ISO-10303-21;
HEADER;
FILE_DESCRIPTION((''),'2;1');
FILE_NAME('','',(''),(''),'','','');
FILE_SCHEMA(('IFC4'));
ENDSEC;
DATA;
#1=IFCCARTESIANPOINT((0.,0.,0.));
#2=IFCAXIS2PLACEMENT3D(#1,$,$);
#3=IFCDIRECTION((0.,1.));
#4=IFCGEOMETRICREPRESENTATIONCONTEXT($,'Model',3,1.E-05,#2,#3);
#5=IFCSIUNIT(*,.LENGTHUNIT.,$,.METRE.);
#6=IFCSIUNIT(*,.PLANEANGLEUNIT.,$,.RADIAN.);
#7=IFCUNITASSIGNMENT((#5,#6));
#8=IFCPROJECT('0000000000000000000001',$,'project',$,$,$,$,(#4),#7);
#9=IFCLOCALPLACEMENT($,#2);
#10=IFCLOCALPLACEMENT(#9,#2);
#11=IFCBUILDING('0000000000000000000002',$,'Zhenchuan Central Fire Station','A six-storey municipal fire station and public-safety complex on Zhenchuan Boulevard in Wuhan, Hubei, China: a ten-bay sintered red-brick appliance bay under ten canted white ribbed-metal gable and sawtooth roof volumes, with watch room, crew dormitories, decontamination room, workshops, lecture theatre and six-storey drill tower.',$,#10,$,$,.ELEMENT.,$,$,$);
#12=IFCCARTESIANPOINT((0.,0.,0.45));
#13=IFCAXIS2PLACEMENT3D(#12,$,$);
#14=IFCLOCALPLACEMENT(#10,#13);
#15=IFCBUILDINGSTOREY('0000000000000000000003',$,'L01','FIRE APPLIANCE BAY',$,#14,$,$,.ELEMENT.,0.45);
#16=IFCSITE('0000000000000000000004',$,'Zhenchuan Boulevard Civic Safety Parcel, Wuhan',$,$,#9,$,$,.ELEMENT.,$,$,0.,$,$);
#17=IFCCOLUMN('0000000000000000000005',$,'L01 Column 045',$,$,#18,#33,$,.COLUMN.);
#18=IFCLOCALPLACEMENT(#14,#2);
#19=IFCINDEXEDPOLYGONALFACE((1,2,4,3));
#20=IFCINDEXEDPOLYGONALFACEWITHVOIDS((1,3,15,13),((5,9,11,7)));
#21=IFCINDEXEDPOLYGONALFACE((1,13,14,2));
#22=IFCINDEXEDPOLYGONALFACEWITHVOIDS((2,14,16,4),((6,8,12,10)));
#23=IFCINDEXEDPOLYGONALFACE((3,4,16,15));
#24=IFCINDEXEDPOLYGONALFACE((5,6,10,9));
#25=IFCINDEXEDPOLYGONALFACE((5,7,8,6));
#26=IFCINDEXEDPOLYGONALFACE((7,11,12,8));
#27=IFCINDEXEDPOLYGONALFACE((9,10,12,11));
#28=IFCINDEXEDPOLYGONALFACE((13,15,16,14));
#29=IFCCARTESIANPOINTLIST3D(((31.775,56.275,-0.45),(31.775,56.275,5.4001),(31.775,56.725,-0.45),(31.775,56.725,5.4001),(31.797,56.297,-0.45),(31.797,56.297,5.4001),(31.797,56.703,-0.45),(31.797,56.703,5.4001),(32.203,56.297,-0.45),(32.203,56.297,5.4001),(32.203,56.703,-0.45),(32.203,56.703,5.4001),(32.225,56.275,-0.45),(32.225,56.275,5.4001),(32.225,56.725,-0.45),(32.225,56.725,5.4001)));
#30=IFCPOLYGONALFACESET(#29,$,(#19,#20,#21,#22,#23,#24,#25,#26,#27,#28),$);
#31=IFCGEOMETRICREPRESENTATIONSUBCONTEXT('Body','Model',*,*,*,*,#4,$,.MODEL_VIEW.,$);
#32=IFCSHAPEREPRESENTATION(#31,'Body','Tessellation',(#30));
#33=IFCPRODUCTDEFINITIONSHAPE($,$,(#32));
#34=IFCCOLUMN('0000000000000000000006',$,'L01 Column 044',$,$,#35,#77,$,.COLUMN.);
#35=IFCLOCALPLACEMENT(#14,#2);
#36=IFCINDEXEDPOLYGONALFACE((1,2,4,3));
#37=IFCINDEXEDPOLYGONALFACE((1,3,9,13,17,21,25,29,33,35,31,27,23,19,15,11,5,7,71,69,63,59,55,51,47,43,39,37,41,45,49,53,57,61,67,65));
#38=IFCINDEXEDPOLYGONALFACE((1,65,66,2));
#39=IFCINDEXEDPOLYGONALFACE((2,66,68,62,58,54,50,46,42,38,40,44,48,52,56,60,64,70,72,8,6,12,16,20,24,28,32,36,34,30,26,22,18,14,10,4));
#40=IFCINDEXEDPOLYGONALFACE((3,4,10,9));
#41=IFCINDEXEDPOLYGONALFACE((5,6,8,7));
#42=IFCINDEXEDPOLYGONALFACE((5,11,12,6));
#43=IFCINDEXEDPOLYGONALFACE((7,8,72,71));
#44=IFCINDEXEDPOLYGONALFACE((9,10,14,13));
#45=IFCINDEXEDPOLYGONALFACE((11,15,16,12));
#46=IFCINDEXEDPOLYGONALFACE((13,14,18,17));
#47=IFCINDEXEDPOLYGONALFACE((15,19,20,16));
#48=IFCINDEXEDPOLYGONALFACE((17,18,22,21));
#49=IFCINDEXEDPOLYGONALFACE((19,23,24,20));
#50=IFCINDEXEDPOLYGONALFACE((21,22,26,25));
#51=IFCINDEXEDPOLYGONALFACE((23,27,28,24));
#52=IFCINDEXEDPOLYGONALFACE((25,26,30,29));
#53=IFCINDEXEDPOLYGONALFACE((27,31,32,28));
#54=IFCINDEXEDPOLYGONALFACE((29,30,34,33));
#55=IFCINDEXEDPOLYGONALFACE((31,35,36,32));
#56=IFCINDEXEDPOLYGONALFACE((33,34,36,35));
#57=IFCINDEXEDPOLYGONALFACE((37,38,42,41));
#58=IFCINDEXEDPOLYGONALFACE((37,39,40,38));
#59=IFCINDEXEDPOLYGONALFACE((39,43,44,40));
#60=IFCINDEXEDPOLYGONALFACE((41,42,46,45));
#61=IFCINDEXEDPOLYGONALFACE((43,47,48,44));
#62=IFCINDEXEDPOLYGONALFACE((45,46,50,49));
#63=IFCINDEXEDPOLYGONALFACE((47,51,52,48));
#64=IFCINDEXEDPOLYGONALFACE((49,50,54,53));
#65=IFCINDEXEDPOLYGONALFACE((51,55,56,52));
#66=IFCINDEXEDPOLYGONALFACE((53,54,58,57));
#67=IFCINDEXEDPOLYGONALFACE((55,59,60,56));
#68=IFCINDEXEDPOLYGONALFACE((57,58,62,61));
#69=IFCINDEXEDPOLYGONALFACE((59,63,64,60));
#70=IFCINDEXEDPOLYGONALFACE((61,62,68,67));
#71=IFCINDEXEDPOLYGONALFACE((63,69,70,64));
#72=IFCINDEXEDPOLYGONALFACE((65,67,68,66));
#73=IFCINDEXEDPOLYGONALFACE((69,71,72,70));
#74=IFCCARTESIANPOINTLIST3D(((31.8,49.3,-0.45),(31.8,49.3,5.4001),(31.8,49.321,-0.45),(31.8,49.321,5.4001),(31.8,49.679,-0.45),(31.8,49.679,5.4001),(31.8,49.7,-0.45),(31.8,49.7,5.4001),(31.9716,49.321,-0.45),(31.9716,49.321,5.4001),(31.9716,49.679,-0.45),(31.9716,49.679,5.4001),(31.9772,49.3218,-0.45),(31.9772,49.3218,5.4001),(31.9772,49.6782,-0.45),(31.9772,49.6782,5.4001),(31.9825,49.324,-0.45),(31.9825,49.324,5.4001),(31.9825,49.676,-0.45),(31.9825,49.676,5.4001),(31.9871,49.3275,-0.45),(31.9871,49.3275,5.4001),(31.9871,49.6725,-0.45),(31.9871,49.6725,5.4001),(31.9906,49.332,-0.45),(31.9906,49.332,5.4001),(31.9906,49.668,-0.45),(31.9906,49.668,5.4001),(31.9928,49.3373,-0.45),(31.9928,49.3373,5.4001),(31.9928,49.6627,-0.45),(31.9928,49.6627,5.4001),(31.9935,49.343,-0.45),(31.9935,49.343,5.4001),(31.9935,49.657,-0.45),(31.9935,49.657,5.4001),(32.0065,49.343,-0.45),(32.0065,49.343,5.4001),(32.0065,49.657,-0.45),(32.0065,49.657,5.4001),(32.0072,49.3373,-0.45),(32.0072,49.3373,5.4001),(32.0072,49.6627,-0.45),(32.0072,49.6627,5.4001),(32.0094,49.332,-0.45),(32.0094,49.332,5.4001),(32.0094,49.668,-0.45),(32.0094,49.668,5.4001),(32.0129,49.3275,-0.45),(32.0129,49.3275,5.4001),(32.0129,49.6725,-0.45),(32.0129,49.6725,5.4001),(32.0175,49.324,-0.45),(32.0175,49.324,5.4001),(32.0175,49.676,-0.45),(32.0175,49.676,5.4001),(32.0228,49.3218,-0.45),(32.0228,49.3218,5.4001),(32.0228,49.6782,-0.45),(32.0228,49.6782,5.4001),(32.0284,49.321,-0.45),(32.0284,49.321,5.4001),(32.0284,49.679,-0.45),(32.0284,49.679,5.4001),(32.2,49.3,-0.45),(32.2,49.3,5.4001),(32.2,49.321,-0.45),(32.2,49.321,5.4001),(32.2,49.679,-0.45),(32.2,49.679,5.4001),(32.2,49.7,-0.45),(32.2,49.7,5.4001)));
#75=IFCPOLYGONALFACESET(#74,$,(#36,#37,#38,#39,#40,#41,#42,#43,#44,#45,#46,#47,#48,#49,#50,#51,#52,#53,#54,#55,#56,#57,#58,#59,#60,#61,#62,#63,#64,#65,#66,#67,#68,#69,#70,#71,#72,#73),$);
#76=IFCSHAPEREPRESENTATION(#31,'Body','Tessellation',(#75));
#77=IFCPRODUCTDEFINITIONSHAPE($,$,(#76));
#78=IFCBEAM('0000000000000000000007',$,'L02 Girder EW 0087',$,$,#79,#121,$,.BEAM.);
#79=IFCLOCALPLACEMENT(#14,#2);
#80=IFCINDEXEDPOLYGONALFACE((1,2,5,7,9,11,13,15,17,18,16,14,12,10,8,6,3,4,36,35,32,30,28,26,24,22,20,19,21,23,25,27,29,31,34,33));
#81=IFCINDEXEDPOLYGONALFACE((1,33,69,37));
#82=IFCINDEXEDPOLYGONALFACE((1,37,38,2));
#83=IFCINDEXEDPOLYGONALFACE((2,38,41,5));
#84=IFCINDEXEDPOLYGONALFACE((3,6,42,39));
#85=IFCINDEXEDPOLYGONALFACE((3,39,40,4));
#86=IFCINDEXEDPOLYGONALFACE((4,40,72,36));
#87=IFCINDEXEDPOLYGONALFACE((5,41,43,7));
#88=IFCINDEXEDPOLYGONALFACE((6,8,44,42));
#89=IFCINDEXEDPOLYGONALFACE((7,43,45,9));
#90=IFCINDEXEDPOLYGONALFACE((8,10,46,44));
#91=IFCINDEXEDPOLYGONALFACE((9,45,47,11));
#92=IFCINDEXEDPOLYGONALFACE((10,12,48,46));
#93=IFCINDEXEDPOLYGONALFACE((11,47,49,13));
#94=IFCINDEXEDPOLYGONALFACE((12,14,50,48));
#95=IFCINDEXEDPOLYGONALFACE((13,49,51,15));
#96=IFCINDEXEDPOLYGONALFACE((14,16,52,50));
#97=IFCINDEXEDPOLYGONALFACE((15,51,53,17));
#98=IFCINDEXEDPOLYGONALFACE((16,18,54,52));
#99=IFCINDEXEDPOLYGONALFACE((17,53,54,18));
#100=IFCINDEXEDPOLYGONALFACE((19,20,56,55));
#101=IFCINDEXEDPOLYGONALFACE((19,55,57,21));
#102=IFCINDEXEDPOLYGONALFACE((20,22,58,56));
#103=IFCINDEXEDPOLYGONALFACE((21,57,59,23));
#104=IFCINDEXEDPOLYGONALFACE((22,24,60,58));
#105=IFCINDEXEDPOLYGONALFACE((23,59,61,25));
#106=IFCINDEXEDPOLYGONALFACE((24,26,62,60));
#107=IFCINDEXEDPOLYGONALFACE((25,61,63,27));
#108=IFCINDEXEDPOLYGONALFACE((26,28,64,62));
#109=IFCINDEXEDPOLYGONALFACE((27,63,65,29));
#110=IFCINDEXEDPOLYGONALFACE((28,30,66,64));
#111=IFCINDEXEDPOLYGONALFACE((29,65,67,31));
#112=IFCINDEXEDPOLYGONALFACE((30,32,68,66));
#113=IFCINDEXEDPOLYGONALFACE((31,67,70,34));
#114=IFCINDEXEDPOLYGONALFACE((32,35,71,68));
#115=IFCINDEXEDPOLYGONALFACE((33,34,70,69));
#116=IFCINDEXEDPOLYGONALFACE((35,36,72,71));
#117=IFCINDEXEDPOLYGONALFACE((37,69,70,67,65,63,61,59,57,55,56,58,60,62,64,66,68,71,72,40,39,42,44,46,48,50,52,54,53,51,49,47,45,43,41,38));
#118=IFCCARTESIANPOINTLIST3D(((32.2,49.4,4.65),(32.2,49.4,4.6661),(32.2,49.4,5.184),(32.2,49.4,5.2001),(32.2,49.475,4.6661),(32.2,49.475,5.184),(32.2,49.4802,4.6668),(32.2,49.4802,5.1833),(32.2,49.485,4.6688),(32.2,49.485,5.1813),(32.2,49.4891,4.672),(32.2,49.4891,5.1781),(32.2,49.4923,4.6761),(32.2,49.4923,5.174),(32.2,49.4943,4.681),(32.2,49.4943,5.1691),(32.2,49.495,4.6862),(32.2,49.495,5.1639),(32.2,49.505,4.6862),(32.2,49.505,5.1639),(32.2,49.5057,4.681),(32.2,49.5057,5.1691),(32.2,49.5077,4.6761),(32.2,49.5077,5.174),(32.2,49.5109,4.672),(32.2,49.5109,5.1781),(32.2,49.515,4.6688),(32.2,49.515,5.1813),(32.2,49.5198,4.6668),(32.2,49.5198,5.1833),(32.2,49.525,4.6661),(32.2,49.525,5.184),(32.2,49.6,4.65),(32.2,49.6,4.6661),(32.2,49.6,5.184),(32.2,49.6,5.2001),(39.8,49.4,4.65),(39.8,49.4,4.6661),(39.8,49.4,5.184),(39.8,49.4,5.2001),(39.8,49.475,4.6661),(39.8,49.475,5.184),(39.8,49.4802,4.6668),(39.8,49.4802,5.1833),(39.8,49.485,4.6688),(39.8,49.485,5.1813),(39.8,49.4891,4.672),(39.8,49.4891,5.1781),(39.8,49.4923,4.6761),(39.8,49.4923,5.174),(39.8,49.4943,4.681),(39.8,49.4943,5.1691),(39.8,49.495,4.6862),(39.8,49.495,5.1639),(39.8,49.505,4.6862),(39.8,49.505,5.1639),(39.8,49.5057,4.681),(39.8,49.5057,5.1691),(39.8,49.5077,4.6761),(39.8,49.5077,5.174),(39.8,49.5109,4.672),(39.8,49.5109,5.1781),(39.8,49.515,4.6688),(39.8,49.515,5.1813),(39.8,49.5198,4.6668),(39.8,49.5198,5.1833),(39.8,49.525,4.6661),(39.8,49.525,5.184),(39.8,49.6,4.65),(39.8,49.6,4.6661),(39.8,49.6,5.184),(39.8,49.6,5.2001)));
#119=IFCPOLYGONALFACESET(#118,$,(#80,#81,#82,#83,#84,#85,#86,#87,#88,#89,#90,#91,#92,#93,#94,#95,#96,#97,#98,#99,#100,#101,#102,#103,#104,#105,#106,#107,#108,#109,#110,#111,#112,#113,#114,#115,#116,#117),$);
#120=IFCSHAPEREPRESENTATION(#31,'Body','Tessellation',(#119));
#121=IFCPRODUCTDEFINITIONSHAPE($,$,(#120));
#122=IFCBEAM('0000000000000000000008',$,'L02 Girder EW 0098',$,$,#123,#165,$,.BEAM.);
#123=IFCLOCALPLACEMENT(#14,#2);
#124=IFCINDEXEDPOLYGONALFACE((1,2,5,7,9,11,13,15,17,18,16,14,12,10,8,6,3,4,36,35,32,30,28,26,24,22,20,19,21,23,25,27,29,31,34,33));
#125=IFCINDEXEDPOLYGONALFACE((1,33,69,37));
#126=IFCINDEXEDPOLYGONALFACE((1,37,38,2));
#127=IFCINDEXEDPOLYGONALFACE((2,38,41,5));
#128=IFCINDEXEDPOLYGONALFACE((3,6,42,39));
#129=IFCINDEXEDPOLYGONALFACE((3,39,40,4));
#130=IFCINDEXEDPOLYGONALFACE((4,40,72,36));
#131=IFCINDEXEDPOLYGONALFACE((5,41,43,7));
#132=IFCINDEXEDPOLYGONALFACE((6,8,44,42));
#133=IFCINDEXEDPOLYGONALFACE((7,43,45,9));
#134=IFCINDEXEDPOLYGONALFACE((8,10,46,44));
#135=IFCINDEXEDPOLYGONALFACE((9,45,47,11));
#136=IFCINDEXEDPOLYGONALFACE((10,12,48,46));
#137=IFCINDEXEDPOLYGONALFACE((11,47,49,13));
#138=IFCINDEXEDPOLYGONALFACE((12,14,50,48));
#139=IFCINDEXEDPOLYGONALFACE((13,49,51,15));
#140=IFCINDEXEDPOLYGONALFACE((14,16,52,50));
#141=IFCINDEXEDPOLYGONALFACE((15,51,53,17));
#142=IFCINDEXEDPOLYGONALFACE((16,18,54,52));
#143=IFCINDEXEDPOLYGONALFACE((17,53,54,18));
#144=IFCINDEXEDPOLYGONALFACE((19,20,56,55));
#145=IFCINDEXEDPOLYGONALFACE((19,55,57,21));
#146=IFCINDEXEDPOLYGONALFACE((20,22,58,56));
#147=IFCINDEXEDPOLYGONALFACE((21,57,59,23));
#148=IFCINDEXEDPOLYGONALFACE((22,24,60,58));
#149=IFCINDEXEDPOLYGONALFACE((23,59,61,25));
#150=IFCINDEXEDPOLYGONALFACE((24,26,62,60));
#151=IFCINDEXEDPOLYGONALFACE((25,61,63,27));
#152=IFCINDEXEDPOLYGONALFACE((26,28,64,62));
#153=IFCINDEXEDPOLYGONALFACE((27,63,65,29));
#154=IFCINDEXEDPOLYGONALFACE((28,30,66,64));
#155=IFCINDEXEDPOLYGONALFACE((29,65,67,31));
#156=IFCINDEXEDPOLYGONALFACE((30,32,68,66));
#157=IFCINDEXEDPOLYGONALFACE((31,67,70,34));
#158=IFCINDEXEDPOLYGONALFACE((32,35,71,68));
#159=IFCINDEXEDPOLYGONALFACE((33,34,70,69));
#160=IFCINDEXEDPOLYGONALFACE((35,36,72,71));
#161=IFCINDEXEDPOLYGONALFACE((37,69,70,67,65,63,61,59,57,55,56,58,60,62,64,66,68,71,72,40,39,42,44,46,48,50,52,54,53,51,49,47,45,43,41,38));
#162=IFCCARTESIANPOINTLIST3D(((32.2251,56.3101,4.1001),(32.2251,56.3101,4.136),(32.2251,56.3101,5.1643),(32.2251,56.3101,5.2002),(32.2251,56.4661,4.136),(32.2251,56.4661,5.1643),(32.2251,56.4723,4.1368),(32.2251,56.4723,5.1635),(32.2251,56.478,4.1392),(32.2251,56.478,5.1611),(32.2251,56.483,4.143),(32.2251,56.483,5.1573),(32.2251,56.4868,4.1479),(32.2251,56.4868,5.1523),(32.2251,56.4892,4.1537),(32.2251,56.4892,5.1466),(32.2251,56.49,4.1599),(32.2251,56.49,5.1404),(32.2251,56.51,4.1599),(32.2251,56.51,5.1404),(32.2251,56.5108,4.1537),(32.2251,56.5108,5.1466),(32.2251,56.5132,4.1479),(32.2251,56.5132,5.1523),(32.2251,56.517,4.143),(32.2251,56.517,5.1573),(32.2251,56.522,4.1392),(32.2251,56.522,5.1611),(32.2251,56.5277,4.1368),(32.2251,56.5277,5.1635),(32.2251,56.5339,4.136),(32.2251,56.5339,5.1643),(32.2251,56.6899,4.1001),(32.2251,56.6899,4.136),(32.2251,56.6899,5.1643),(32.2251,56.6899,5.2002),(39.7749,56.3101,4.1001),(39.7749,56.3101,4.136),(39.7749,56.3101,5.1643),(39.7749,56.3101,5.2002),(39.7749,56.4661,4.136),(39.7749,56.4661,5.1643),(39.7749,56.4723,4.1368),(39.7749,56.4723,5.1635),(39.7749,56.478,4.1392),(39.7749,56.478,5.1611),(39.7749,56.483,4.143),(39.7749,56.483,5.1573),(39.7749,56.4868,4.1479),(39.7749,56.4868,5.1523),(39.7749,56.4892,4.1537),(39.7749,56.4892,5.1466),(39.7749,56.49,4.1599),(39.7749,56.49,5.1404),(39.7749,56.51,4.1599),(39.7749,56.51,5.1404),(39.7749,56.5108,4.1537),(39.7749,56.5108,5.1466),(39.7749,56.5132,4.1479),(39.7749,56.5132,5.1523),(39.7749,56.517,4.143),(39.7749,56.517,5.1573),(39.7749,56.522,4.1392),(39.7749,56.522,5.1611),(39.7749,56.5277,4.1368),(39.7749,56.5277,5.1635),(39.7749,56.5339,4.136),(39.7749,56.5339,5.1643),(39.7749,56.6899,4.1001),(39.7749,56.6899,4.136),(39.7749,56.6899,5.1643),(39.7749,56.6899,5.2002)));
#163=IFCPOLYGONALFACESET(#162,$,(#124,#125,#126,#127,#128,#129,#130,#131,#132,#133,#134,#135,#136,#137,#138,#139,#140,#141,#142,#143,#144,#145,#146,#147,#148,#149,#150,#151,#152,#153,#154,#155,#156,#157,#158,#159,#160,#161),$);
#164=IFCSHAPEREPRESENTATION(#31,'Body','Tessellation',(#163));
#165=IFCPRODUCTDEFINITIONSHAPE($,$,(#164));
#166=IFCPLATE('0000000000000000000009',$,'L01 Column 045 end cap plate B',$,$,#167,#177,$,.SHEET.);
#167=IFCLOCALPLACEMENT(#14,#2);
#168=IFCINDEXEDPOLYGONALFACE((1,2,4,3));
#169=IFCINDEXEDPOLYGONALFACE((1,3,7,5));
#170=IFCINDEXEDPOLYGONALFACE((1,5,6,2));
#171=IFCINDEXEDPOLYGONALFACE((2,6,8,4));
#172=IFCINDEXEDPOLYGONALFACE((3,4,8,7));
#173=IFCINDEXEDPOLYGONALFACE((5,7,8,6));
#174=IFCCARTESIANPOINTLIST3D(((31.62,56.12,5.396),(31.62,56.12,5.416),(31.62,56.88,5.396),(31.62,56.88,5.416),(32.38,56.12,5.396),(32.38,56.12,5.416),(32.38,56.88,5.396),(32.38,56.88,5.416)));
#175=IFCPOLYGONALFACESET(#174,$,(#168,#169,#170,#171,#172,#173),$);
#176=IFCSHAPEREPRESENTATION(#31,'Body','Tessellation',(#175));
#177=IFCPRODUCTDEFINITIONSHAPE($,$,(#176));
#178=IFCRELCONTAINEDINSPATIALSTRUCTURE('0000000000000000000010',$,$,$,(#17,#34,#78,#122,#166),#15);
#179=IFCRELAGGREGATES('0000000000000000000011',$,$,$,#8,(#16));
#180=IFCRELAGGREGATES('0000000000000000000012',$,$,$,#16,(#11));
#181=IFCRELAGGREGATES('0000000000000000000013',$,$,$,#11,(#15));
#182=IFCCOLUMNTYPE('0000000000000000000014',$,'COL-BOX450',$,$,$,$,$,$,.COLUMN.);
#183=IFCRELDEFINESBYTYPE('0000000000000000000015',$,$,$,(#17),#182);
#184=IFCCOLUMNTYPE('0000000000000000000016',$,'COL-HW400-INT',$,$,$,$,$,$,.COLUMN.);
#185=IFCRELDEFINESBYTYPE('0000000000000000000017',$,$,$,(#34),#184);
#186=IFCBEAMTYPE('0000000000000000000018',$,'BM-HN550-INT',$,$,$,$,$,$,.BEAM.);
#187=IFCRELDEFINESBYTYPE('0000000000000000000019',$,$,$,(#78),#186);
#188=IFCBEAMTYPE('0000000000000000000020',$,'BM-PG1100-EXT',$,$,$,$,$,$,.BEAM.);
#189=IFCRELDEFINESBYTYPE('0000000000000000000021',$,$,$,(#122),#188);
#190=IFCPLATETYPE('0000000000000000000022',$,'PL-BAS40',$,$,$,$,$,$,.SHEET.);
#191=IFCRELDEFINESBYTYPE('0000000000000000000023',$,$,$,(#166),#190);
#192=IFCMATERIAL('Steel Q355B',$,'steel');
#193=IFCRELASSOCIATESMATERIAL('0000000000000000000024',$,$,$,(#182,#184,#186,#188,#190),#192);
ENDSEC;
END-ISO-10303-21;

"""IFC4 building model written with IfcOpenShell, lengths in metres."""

from ifc_helpers import new_model, si_unit, direction, frame, origin, origin_2d, place, context, subcontext, project, spatial, rectangle, hollow_rectangle, i_section, extrude, material, material_profile, profile_set, type_object, element, save


model = new_model("IFC4")

# Units and contexts
model_context = context("Model", 3, precision=1e-05, world=origin(), true_north=direction((0.0, 1.0)))
body_context = subcontext(model_context, "Body", "Model", "MODEL_VIEW")
ifc_project = project(units=[si_unit("LENGTHUNIT", "METRE"), si_unit("PLANEANGLEUNIT", "RADIAN")], contexts=[model_context])

# Site, building, storey
site_placement = place(None, origin())
site = spatial("IfcSite", under=ifc_project, at=site_placement, Name="Zhenchuan Boulevard Civic Safety Parcel, Wuhan", CompositionType="ELEMENT", RefElevation=0.0)
building_placement = place(site_placement, origin())
building = spatial("IfcBuilding", under=site, at=building_placement, Name="Zhenchuan Central Fire Station", Description="A six-storey municipal fire station and public-safety complex on Zhenchuan Boulevard in Wuhan, Hubei, China: a ten-bay sintered red-brick appliance bay under ten canted white ribbed-metal gable and sawtooth roof volumes, with watch room, crew dormitories, decontamination room, workshops, lecture theatre and six-storey drill tower.", CompositionType="ELEMENT")
storey_placement = place(building_placement, frame((0.0, 0.0, 0.45)))
storey = spatial("IfcBuildingStorey", under=building, at=storey_placement, Name="L01", Description="FIRE APPLIANCE BAY", CompositionType="ELEMENT", Elevation=0.45)

# Columns
ifc_material_1 = material(Name="Steel Q355B", Category="steel")
ifc_material_profile_1 = material_profile(ifc_material_1, hollow_rectangle(XDim=0.45, YDim=0.45, WallThickness=0.022, at=origin_2d()), Name="BOX 450x450x22")
ifc_profile_set_1 = profile_set([ifc_material_profile_1], Name="Steel Q355B")
column_type_1 = type_object("IfcColumnType", Name="COL-BOX450", PredefinedType="COLUMN", material=ifc_profile_set_1)
column_1_placement = place(storey_placement, frame((32.0, 56.5, -0.45), z_axis=(0.0, 0.0, 1.0), x_axis=(1.0, 0.0, 0.0)))
element("IfcColumn", 1, at=column_1_placement, inside=storey, type_object=column_type_1, Name="L01 Column 045", PredefinedType="COLUMN", context=body_context, shape_type="SweptSolid", body=[
    extrude(hollow_rectangle(XDim=0.45, YDim=0.45, WallThickness=0.022, at=origin_2d()), origin(), (0.0, 0.0, 1.0), 5.8501),
])
ifc_material_profile_2 = material_profile(ifc_material_1, i_section(OverallWidth=0.3999, OverallDepth=0.3999, WebThickness=0.0129, FlangeThickness=0.021, FilletRadius=0.022, at=origin_2d()), Name="HW 400x400")
ifc_profile_set_2 = profile_set([ifc_material_profile_2], Name="Steel Q355B")
column_type_2 = type_object("IfcColumnType", Name="COL-HW400-INT", PredefinedType="COLUMN", material=ifc_profile_set_2)
column_2_placement = place(storey_placement, frame((32.0, 49.5, -0.45), z_axis=(0.0, 0.0, 1.0), x_axis=(1.0, 0.0, 0.0)))
element("IfcColumn", 2, at=column_2_placement, inside=storey, type_object=column_type_2, Name="L01 Column 044", PredefinedType="COLUMN", context=body_context, shape_type="SweptSolid", body=[
    extrude(i_section(OverallWidth=0.3999, OverallDepth=0.3999, WebThickness=0.0129, FlangeThickness=0.021, FilletRadius=0.022, at=origin_2d()), origin(), (0.0, 0.0, 1.0), 5.8501),
])

# Beams
ifc_material_profile_3 = material_profile(ifc_material_1, i_section(OverallWidth=0.2, OverallDepth=0.55, WebThickness=0.01, FlangeThickness=0.0161, FilletRadius=0.02, at=origin_2d()), Name="HN 550x200")
ifc_profile_set_3 = profile_set([ifc_material_profile_3], Name="Steel Q355B")
beam_type_1 = type_object("IfcBeamType", Name="BM-HN550-INT", PredefinedType="BEAM", material=ifc_profile_set_3)
beam_1_placement = place(storey_placement, frame((32.2, 49.5, 4.925), z_axis=(1.0, 0.0, 0.0), x_axis=(0.0, 1.0, 0.0)))
element("IfcBeam", 3, at=beam_1_placement, inside=storey, type_object=beam_type_1, Name="L02 Girder EW 0087", PredefinedType="BEAM", context=body_context, shape_type="SweptSolid", body=[
    extrude(i_section(OverallWidth=0.2, OverallDepth=0.55, WebThickness=0.01, FlangeThickness=0.0161, FilletRadius=0.02, at=origin_2d()), origin(), (0.0, 0.0, 1.0), 7.6001),
])
ifc_material_profile_4 = material_profile(ifc_material_1, i_section(OverallWidth=0.3799, OverallDepth=1.1001, WebThickness=0.02, FlangeThickness=0.0359, FilletRadius=0.0239, at=origin_2d()), Name="PG 1100x380")
ifc_profile_set_4 = profile_set([ifc_material_profile_4], Name="Steel Q355B")
beam_type_2 = type_object("IfcBeamType", Name="BM-PG1100-EXT", PredefinedType="BEAM", material=ifc_profile_set_4)
beam_2_placement = place(storey_placement, frame((32.2251, 56.5, 4.6501), z_axis=(1.0, 0.0, 0.0), x_axis=(0.0, 1.0, 0.0)))
element("IfcBeam", 4, at=beam_2_placement, inside=storey, type_object=beam_type_2, Name="L02 Girder EW 0098", PredefinedType="BEAM", context=body_context, shape_type="SweptSolid", body=[
    extrude(i_section(OverallWidth=0.3799, OverallDepth=1.1001, WebThickness=0.02, FlangeThickness=0.0359, FilletRadius=0.0239, at=origin_2d()), origin(), (0.0, 0.0, 1.0), 7.5498),
])

# Plate
ifc_material_profile_5 = material_profile(ifc_material_1, rectangle(XDim=0.76, YDim=0.76, at=origin_2d()), Name="PL 760x760x40")
ifc_profile_set_5 = profile_set([ifc_material_profile_5], Name="Steel Q355B")
plate_type = type_object("IfcPlateType", Name="PL-BAS40", PredefinedType="SHEET", material=ifc_profile_set_5)
plate_placement = place(storey_placement, frame((32.0, 56.5, 5.396), z_axis=(0.0, 0.0, 1.0), x_axis=(1.0, 0.0, 0.0)))
element("IfcPlate", 5, at=plate_placement, inside=storey, type_object=plate_type, Name="L01 Column 045 end cap plate B", PredefinedType="SHEET", context=body_context, shape_type="SweptSolid", body=[
    extrude(rectangle(XDim=0.76, YDim=0.76, at=origin_2d()), origin(), (0.0, 0.0, 1.0), 0.02),
])

save(model, "model.ifc")
